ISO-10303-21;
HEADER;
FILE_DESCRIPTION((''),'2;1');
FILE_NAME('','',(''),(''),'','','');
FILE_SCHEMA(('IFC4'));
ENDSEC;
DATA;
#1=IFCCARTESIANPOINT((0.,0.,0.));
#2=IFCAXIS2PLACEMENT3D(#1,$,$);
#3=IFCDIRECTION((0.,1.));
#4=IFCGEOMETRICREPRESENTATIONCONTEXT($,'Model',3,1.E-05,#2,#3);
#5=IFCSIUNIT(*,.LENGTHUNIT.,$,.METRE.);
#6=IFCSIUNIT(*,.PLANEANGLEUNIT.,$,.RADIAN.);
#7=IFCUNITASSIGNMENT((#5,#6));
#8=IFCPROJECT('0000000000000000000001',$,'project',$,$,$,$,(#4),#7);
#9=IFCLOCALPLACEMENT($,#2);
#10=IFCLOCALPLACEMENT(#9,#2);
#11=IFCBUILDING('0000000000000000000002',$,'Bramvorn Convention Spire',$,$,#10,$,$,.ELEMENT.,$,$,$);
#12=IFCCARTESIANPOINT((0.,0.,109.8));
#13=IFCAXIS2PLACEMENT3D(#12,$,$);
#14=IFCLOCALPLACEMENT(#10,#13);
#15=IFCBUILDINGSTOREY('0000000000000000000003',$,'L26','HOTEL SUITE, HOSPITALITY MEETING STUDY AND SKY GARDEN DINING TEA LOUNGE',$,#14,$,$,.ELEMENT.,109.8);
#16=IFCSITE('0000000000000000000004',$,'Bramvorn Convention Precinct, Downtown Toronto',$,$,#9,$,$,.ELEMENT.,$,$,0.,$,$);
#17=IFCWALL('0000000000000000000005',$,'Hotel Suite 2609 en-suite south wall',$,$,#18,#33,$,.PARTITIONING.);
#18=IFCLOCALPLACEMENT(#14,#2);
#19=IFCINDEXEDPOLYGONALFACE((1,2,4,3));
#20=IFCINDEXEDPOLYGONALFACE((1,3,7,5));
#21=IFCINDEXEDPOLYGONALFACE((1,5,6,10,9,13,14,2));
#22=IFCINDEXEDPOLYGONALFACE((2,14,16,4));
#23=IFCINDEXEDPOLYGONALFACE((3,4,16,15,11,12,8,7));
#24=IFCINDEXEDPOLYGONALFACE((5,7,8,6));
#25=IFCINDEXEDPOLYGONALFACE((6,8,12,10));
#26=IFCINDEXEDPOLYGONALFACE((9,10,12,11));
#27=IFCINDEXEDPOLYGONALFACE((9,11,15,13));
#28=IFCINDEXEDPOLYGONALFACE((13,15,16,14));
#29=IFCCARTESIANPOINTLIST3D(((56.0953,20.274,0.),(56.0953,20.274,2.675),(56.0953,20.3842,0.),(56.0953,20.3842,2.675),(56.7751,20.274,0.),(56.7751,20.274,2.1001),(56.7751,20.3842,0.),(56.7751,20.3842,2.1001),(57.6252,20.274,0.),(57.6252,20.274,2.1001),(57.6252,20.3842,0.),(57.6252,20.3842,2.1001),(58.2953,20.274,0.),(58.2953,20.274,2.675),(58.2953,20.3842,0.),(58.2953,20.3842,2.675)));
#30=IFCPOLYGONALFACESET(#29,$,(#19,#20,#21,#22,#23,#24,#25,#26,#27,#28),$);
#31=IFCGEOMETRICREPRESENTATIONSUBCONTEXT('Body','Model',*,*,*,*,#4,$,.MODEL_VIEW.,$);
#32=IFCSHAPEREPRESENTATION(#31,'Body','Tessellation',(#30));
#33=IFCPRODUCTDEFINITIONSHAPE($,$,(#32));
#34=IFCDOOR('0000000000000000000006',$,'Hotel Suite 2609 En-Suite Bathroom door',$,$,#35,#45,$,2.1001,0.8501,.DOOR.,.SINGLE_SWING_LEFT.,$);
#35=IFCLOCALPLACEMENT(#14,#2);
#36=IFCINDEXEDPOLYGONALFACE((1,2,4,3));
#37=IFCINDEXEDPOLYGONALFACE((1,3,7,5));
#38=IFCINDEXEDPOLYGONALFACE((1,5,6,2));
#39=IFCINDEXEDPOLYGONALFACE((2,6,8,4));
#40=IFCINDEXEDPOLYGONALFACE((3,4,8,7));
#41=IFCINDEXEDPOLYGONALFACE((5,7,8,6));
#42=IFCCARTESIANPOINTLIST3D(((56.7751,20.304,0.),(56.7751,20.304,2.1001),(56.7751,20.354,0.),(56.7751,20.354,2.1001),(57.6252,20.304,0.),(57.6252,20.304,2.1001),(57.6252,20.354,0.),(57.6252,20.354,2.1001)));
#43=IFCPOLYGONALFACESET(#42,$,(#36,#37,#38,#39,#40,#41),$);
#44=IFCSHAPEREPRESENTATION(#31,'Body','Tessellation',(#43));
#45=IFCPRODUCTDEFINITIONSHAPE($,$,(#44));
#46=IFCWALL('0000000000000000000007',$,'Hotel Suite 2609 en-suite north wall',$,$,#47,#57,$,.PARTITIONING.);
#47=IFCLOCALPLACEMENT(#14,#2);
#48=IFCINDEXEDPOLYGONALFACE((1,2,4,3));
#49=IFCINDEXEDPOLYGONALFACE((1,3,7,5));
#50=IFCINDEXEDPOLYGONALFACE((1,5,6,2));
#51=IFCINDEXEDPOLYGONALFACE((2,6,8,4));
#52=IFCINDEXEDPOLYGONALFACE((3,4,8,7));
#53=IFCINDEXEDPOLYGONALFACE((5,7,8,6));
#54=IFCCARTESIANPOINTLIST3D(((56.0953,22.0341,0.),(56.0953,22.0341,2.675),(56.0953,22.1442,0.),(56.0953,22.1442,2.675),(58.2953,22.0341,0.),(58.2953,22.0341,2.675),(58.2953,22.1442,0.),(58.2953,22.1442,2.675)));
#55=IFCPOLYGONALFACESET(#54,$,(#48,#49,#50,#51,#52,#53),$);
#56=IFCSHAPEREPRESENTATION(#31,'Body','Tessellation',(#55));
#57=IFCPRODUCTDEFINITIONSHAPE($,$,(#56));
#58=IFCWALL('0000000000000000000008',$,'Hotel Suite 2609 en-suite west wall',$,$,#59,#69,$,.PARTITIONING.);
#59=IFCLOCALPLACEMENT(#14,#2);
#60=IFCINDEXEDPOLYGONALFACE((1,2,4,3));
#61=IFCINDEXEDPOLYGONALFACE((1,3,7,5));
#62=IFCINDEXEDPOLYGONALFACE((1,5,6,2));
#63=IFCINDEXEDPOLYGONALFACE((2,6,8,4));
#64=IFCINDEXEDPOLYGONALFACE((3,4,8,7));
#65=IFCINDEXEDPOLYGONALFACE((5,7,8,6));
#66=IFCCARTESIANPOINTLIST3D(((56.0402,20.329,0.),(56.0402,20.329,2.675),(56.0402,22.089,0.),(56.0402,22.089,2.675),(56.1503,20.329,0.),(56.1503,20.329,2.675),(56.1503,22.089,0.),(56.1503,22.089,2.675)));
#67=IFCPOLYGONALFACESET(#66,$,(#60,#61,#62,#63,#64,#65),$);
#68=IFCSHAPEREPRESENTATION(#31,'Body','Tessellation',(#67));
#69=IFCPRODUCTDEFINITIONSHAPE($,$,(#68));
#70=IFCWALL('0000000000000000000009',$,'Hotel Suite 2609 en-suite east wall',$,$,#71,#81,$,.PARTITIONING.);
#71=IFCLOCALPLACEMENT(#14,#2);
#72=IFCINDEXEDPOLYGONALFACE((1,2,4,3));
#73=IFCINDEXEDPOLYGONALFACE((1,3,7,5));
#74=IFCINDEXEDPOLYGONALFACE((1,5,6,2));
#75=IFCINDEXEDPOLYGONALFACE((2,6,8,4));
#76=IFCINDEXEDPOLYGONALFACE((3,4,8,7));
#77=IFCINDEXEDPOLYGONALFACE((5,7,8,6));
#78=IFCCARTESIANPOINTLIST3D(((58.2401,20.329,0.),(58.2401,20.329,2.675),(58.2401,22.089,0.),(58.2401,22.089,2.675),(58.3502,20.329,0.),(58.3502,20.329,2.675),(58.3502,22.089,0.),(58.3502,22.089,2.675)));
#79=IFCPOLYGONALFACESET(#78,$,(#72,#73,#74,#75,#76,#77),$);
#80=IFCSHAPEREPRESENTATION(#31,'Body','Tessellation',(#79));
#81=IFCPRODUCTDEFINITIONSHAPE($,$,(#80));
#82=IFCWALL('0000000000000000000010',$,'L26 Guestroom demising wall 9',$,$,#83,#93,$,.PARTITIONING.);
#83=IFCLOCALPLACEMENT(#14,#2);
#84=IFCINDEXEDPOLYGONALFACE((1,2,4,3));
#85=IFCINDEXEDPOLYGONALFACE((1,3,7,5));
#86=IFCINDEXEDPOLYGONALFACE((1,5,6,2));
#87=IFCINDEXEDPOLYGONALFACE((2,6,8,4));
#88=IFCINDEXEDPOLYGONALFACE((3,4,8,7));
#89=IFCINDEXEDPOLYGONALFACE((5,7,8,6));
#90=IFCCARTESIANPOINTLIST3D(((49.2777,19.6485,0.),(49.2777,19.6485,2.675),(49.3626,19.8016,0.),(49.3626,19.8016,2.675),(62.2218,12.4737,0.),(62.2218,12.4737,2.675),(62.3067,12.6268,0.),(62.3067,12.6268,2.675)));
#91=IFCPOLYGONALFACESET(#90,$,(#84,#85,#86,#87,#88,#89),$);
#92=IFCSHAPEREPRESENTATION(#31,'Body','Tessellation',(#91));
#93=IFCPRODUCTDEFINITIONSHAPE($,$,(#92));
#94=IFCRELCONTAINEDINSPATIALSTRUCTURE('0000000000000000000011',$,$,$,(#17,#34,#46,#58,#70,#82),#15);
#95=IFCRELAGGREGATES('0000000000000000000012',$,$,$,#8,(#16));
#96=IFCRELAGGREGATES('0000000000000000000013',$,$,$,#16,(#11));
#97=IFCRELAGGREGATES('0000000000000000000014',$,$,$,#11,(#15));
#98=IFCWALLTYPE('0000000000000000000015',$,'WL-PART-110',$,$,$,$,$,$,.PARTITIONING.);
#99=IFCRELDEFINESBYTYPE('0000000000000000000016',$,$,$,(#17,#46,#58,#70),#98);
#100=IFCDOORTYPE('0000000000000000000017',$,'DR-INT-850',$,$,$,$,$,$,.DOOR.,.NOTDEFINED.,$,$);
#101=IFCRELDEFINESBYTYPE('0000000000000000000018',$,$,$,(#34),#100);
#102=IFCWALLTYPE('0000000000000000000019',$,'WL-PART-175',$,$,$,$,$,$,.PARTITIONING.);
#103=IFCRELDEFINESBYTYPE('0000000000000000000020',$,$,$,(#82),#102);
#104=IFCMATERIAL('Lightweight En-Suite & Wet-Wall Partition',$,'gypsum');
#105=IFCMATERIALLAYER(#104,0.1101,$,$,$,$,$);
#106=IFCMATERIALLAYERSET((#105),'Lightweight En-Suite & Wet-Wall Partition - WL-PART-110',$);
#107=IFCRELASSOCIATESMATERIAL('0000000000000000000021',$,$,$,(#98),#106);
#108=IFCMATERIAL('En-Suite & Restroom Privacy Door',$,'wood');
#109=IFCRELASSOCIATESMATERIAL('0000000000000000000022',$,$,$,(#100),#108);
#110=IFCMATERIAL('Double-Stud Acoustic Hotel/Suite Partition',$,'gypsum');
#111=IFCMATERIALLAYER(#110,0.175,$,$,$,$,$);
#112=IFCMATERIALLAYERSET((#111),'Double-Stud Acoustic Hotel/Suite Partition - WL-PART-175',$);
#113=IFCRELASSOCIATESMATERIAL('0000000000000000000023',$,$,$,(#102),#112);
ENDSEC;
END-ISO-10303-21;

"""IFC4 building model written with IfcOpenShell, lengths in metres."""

from ifc_helpers import new_model, si_unit, direction, frame, frame_2d, origin, place, context, subcontext, project, spatial, rectangle, extrude, material, layer, layer_set, type_object, element, fill, save


model = new_model("IFC4")

# Units and contexts
model_context = context("Model", 3, precision=1e-05, world=origin(), true_north=direction((0.0, 1.0)))
body_context = subcontext(model_context, "Body", "Model", "MODEL_VIEW")
ifc_project = project(units=[si_unit("LENGTHUNIT", "METRE"), si_unit("PLANEANGLEUNIT", "RADIAN")], contexts=[model_context])

# Site, building, storey
site_placement = place(None, origin())
site = spatial("IfcSite", under=ifc_project, at=site_placement, Name="Bramvorn Convention Precinct, Downtown Toronto", CompositionType="ELEMENT", RefElevation=0.0)
building_placement = place(site_placement, origin())
building = spatial("IfcBuilding", under=site, at=building_placement, Name="Bramvorn Convention Spire", CompositionType="ELEMENT")
storey_placement = place(building_placement, frame((0.0, 0.0, 109.8)))
storey = spatial("IfcBuildingStorey", under=building, at=storey_placement, Name="L26", Description="HOTEL SUITE, HOSPITALITY MEETING STUDY AND SKY GARDEN DINING TEA LOUNGE", CompositionType="ELEMENT", Elevation=109.8)

# Wall, opening, door
ifc_material_1 = material(Name="Lightweight En-Suite & Wet-Wall Partition", Category="gypsum")
ifc_layer_1 = layer(ifc_material_1, 0.1101)
ifc_layer_set_1 = layer_set([ifc_layer_1], Name="Lightweight En-Suite & Wet-Wall Partition - WL-PART-110")
wall_type_1 = type_object("IfcWallType", Name="WL-PART-110", PredefinedType="PARTITIONING", material=ifc_layer_set_1)
wall_1_placement = place(storey_placement, frame((56.0952, 20.3291, 0.0), z_axis=(0.0, 0.0, 1.0), x_axis=(1.0, 0.0, 0.0)))
wall_1 = element("IfcWall", 1, at=wall_1_placement, inside=storey, type_object=wall_type_1, Name="Hotel Suite 2609 en-suite south wall", PredefinedType="PARTITIONING", context=body_context, shape_type="SweptSolid", body=[
    extrude(rectangle(XDim=2.2, YDim=0.1101, at=frame_2d((1.1001, 0.0))), origin(), (0.0, 0.0, 1.0), 2.675),
])
opening_1_placement = place(wall_1_placement, frame((0.6799, 0.0, 0.0)))
opening_1 = element("IfcOpeningElement", 2, at=opening_1_placement, cuts=wall_1, PredefinedType="OPENING", context=body_context, shape_type="SweptSolid", body=[
    extrude(rectangle(XDim=0.8501, YDim=2.1001, at=frame_2d((0.425, 1.05))), frame((0.0, 0.0649, 0.0), z_axis=(0.0, -1.0, 0.0), x_axis=(1.0, 0.0, 0.0)), (0.0, 0.0, 1.0), 0.1301),
])
ifc_material_2 = material(Name="En-Suite & Restroom Privacy Door", Category="wood")
door_type_1 = type_object("IfcDoorType", Name="DR-INT-850", OperationType="NOTDEFINED", PredefinedType="DOOR", material=ifc_material_2)
door_1_placement = place(opening_1_placement, origin())
door_1 = element("IfcDoor", 3, at=door_1_placement, inside=storey, type_object=door_type_1, Name="Hotel Suite 2609 En-Suite Bathroom door", OperationType="SINGLE_SWING_LEFT", OverallHeight=2.1001, OverallWidth=0.8501, PredefinedType="DOOR", context=body_context, shape_type="SweptSolid", body=[
    extrude(rectangle(XDim=0.8501, YDim=2.1001, at=frame_2d((0.425, 1.05))), frame((0.0, 0.0249, 0.0), z_axis=(0.0, -1.0, 0.0), x_axis=(1.0, 0.0, 0.0)), (0.0, 0.0, 1.0), 0.05),
])
fill(opening_1, door_1)

# Walls
wall_2_placement = place(storey_placement, frame((56.0952, 22.0891, 0.0), z_axis=(0.0, 0.0, 1.0), x_axis=(1.0, 0.0, 0.0)))
element("IfcWall", 4, at=wall_2_placement, inside=storey, type_object=wall_type_1, Name="Hotel Suite 2609 en-suite north wall", PredefinedType="PARTITIONING", context=body_context, shape_type="SweptSolid", body=[
    extrude(rectangle(XDim=2.2, YDim=0.1101, at=frame_2d((1.1001, 0.0))), origin(), (0.0, 0.0, 1.0), 2.675),
])
for number, where, z_axis, x_axis, name in (
    (5, (56.0952, 20.3291, 0.0), (0.0, 0.0, 1.0), (0.0, 1.0, 0.0), "Hotel Suite 2609 en-suite west wall"),
    (6, (58.2952, 20.3291, 0.0), (0.0, 0.0, 1.0), (0.0, 1.0, 0.0), "Hotel Suite 2609 en-suite east wall"),
):
    element("IfcWall", number, at=place(storey_placement, frame(where, z_axis=z_axis, x_axis=x_axis)), inside=storey, type_object=wall_type_1, Name=name, PredefinedType="PARTITIONING", context=body_context, shape_type="SweptSolid", body=[
        extrude(rectangle(XDim=1.76, YDim=0.1101, at=frame_2d((0.8799, 0.0))), origin(), (0.0, 0.0, 1.0), 2.675),
    ])
ifc_material_3 = material(Name="Double-Stud Acoustic Hotel/Suite Partition", Category="gypsum")
ifc_layer_2 = layer(ifc_material_3, 0.175)
ifc_layer_set_2 = layer_set([ifc_layer_2], Name="Double-Stud Acoustic Hotel/Suite Partition - WL-PART-175")
wall_type_2 = type_object("IfcWallType", Name="WL-PART-175", PredefinedType="PARTITIONING", material=ifc_layer_set_2)
wall_3_placement = place(storey_placement, frame((49.3201, 19.7251, 0.0), z_axis=(0.0, 0.0, 1.0), x_axis=(0.874626, -0.484798, 0.0)))
element("IfcWall", 7, at=wall_3_placement, inside=storey, type_object=wall_type_2, Name="L26 Guestroom demising wall 9", PredefinedType="PARTITIONING", context=body_context, shape_type="SweptSolid", body=[
    extrude(rectangle(XDim=14.7996, YDim=0.175, at=frame_2d((7.3999, 0.0))), origin(), (0.0, 0.0, 1.0), 2.675),
])

save(model, "model.ifc")
